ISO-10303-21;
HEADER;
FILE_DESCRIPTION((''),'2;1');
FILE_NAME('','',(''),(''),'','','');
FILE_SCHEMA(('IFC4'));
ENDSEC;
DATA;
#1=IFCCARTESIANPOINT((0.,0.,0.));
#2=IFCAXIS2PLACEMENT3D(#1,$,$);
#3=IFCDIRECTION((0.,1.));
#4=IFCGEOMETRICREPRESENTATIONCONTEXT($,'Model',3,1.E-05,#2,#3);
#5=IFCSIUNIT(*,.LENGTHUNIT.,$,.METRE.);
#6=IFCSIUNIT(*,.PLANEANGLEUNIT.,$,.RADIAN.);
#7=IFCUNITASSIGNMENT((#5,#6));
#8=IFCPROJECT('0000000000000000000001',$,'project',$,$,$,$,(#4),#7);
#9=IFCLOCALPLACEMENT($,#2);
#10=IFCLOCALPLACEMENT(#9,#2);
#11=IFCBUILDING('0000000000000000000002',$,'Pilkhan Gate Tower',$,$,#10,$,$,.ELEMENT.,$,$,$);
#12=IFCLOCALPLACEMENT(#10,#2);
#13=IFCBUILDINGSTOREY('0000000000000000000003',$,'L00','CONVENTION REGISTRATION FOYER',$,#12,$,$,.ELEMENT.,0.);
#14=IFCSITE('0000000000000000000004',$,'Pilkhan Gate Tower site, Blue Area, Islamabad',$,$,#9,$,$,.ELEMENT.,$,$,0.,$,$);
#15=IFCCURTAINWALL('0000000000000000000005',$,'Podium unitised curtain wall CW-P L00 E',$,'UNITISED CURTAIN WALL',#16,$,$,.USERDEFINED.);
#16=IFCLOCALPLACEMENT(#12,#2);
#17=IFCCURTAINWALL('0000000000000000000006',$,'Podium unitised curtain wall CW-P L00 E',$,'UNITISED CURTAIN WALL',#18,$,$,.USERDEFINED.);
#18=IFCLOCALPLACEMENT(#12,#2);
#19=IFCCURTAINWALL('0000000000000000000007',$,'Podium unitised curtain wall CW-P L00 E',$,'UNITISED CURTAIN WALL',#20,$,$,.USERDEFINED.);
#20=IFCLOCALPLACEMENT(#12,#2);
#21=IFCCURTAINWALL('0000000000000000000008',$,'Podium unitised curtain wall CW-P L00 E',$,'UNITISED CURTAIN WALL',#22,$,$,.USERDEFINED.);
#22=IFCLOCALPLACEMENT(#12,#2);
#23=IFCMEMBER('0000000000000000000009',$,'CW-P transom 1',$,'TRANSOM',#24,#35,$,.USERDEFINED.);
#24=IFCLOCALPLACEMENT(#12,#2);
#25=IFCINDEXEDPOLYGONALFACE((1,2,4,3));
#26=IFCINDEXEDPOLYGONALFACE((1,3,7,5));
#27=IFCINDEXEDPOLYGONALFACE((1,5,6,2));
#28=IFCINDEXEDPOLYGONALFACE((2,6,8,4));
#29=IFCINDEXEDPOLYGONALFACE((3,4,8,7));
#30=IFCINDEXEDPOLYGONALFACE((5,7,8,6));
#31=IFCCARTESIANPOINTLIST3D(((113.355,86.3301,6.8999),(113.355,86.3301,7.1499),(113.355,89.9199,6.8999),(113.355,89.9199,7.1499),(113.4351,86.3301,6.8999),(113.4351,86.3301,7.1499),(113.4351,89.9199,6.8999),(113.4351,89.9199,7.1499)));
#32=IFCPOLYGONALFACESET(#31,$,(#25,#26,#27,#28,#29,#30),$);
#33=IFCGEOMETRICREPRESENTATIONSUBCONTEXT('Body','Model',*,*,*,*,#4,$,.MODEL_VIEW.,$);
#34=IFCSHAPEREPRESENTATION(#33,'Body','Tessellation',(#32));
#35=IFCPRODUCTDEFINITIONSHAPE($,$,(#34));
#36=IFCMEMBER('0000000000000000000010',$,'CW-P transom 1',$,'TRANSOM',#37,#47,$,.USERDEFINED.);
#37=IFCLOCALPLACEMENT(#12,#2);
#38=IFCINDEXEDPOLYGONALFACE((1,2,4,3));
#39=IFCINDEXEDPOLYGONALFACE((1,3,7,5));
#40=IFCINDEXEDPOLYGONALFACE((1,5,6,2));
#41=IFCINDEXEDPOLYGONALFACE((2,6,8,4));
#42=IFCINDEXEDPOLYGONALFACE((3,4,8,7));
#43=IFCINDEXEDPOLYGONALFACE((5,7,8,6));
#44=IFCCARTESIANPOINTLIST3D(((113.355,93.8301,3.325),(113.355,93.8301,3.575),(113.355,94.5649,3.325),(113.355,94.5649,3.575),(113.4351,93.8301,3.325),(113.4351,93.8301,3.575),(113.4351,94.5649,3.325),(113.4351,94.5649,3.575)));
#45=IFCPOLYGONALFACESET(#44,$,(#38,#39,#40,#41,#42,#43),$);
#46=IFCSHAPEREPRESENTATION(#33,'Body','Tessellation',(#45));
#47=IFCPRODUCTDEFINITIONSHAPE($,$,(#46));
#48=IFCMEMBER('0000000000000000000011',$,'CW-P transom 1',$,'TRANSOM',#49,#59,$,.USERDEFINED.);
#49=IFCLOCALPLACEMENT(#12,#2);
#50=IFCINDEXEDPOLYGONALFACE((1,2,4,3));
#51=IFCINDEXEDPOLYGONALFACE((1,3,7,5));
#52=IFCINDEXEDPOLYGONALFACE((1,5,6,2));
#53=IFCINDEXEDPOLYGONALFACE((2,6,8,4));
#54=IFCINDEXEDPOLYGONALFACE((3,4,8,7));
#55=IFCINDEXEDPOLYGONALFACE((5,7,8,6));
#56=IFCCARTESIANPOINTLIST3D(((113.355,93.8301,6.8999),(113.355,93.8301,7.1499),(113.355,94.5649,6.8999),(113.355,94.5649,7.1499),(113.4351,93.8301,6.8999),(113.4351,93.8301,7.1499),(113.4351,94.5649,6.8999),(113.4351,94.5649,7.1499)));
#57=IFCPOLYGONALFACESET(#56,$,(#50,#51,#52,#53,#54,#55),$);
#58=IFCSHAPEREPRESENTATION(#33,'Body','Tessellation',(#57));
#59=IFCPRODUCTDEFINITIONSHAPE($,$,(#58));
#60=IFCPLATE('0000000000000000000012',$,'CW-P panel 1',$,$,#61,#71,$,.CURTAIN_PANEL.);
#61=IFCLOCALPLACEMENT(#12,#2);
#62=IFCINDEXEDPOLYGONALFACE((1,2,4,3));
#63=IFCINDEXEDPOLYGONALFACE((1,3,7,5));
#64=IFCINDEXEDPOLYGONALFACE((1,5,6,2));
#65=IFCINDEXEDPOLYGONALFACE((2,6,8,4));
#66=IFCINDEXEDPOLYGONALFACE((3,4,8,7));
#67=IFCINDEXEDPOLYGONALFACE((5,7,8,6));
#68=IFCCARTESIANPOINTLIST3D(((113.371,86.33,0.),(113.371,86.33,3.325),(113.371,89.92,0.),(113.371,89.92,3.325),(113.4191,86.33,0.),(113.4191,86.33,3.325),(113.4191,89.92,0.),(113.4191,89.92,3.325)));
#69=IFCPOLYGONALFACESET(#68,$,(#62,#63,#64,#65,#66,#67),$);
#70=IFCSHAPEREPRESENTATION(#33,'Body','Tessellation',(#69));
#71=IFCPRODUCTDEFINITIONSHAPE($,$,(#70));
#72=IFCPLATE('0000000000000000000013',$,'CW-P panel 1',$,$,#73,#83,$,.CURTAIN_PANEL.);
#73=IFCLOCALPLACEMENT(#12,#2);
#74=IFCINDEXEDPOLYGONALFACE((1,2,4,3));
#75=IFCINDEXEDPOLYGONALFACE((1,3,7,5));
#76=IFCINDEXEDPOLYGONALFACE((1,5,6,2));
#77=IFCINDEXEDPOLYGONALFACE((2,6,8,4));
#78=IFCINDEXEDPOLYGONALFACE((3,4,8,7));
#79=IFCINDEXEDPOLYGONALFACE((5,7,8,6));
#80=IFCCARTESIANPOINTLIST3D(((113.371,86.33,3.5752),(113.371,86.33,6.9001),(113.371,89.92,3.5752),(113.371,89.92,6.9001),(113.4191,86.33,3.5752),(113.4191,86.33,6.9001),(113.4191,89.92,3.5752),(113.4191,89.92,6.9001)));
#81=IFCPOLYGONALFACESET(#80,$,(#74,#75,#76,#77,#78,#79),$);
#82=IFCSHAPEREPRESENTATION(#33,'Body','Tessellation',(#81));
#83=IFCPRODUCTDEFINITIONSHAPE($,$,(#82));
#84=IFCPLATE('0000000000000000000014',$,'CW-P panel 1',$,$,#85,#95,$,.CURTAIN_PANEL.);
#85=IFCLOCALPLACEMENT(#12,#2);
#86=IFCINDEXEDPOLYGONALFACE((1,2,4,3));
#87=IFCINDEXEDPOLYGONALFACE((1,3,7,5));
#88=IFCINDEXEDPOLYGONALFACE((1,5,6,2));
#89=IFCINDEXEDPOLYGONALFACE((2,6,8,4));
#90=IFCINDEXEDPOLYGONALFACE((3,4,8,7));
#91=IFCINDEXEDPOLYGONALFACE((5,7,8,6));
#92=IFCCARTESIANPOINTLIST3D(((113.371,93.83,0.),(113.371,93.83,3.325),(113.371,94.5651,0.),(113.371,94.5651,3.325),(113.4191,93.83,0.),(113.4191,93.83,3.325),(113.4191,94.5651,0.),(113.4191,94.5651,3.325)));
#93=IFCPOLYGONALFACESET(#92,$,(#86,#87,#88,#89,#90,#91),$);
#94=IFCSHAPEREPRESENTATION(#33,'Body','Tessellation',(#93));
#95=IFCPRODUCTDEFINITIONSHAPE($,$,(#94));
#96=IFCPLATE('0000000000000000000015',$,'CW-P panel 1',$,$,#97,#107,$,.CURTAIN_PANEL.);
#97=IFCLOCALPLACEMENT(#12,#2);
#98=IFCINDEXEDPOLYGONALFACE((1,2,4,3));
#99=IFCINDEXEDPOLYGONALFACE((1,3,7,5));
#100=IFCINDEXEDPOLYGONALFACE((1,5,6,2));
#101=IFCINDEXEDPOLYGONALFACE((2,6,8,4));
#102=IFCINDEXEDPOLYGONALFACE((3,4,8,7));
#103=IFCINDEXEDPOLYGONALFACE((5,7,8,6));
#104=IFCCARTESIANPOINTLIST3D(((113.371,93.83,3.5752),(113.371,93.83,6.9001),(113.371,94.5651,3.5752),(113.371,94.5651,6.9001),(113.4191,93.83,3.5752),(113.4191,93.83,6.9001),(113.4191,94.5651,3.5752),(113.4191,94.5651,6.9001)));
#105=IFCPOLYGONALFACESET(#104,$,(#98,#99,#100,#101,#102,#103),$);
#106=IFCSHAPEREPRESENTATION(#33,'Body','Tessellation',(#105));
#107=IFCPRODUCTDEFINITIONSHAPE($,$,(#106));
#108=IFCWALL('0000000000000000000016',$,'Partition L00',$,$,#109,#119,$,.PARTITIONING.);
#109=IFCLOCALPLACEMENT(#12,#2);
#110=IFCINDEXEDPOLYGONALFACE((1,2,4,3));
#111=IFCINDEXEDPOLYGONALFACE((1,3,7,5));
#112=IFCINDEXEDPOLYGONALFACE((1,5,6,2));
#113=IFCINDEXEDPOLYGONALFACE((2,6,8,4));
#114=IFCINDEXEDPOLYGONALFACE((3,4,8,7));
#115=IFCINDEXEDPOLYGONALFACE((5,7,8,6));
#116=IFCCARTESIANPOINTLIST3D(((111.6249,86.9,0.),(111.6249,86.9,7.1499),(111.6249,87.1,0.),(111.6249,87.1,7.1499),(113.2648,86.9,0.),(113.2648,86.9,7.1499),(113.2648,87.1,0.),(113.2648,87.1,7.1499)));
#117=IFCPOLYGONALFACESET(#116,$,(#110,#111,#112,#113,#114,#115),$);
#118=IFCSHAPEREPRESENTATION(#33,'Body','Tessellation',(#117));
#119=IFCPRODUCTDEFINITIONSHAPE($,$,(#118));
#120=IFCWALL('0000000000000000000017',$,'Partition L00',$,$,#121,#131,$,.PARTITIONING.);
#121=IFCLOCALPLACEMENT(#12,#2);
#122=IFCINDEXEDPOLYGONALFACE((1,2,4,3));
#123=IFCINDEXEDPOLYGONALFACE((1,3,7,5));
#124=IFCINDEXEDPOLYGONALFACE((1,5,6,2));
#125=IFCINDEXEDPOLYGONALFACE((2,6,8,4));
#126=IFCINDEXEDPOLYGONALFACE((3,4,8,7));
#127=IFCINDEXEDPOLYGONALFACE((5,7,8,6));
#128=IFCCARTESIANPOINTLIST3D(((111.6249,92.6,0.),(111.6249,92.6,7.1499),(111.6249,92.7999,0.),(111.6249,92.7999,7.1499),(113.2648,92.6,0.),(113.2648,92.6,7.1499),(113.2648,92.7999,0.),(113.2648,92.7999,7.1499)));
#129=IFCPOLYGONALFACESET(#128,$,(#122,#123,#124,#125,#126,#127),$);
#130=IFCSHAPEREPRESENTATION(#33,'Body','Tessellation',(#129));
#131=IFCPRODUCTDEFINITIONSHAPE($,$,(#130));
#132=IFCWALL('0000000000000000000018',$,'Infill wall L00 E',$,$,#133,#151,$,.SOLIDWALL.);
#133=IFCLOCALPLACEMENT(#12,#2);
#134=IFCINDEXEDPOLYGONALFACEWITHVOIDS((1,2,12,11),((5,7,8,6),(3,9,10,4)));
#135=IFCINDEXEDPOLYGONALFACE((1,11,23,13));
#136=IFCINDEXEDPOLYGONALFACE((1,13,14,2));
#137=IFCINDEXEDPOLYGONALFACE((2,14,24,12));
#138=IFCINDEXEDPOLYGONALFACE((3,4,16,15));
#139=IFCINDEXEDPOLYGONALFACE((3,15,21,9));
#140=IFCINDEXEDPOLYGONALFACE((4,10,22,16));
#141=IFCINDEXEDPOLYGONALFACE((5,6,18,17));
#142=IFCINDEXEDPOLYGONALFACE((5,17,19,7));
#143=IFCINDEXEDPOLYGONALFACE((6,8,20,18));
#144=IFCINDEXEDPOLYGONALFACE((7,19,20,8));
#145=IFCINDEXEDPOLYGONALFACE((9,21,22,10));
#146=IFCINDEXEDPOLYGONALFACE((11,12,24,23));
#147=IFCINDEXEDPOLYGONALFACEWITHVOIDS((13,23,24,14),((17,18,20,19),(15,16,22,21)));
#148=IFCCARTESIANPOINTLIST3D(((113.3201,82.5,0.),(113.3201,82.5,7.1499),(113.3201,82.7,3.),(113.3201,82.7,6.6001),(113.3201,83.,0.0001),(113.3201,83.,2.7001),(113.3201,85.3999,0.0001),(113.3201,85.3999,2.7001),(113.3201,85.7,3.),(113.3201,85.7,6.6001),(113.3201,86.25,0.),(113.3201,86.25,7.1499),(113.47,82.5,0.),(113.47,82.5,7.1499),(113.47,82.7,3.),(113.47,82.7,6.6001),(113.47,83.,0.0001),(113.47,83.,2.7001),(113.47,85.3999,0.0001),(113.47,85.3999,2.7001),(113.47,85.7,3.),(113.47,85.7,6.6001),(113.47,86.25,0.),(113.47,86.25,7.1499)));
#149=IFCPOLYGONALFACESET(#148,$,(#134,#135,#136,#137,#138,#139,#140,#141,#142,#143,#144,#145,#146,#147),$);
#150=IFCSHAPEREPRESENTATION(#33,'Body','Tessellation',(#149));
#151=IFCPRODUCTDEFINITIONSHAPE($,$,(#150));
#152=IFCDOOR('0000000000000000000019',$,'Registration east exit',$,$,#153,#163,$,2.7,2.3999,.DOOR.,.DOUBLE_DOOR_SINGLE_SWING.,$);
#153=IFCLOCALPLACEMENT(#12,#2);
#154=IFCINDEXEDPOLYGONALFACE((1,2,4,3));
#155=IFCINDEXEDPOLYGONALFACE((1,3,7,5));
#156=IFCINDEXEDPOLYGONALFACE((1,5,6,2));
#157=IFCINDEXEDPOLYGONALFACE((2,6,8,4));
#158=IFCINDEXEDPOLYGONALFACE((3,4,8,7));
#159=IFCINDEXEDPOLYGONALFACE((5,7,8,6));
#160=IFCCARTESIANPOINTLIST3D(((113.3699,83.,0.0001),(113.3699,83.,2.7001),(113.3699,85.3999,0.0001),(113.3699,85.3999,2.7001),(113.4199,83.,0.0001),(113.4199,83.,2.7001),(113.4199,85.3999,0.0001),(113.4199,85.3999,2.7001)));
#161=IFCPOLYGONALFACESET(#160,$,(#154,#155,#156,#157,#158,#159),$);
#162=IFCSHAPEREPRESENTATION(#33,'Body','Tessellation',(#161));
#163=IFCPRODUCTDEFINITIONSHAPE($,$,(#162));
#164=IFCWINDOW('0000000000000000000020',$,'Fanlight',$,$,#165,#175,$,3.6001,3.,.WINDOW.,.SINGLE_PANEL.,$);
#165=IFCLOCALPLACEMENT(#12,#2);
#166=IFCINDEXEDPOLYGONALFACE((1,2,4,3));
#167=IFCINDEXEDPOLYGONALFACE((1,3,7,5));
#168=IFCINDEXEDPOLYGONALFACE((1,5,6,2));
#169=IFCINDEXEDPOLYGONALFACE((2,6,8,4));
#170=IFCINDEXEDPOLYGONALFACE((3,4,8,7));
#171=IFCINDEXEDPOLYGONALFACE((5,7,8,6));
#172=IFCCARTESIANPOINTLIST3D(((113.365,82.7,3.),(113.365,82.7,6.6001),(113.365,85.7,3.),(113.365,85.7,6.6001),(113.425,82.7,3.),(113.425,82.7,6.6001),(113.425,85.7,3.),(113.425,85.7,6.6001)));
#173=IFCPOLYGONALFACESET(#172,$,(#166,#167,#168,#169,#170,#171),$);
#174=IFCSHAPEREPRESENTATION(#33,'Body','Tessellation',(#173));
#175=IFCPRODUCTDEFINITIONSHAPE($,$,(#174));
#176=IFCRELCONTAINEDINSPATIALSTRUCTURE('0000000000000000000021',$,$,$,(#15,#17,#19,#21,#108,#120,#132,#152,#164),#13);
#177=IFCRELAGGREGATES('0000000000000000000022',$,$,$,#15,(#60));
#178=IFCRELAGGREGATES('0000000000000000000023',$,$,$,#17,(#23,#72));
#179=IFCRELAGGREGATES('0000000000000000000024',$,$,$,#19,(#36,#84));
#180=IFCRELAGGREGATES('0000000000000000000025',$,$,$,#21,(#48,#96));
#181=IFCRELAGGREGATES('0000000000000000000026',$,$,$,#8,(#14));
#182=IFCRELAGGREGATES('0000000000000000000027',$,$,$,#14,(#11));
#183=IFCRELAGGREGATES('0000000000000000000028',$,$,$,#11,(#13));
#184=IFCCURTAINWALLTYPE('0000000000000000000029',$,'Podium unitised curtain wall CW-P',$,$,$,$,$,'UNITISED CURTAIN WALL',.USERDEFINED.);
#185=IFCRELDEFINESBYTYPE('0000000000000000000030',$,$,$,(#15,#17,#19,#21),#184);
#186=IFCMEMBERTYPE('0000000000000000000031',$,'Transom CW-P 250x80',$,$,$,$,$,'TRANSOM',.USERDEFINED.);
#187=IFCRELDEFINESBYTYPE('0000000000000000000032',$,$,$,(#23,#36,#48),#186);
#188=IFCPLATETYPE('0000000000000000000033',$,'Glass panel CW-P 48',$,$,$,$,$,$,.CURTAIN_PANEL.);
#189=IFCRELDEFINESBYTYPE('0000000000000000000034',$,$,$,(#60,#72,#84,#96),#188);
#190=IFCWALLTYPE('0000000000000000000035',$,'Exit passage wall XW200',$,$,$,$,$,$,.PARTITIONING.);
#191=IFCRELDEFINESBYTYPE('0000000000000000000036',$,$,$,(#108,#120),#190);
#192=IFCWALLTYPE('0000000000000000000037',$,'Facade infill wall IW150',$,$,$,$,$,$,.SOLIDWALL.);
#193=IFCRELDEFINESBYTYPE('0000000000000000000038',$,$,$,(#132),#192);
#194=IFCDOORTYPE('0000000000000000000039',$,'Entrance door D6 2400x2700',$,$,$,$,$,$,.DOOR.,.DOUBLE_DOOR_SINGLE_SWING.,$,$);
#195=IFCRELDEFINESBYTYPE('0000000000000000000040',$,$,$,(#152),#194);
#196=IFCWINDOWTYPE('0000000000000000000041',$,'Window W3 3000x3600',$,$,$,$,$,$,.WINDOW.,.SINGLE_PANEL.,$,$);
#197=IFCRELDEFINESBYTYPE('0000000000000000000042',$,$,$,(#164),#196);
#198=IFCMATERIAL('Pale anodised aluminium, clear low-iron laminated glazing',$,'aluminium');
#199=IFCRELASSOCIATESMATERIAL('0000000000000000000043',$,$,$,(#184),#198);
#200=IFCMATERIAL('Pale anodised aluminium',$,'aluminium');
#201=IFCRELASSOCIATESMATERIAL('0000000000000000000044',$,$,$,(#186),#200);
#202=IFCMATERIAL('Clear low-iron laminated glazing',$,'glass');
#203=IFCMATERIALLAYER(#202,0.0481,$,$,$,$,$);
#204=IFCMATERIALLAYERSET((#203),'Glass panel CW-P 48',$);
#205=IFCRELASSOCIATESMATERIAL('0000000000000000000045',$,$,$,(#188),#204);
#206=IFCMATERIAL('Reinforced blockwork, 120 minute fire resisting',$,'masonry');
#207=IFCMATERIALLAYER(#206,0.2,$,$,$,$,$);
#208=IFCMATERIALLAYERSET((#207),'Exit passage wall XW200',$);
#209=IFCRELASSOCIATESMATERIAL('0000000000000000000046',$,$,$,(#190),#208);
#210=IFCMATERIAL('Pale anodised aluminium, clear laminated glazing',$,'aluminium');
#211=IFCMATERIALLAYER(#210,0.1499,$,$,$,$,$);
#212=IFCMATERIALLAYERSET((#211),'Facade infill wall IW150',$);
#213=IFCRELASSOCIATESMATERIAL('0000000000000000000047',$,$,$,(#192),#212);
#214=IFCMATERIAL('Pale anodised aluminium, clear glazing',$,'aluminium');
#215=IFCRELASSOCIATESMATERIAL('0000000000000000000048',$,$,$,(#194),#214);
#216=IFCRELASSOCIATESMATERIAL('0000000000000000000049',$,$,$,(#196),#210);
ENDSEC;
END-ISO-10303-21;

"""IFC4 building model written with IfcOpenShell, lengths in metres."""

from ifc_helpers import new_model, si_unit, direction, frame, frame_2d, origin, origin_2d, place, context, subcontext, project, spatial, rectangle, extrude, material, layer, layer_set, material_profile, profile_set, type_object, element, fill, aggregate, save


model = new_model("IFC4")

# Units and contexts
model_context = context("Model", 3, precision=1e-05, world=origin(), true_north=direction((0.0, 1.0)))
body_context = subcontext(model_context, "Body", "Model", "MODEL_VIEW")
ifc_project = project(units=[si_unit("LENGTHUNIT", "METRE"), si_unit("PLANEANGLEUNIT", "RADIAN")], contexts=[model_context])

# Site, building, storey
site_placement = place(None, origin())
site = spatial("IfcSite", under=ifc_project, at=site_placement, Name="Pilkhan Gate Tower site, Blue Area, Islamabad", CompositionType="ELEMENT", RefElevation=0.0)
building_placement = place(site_placement, origin())
building = spatial("IfcBuilding", under=site, at=building_placement, Name="Pilkhan Gate Tower", CompositionType="ELEMENT")
storey_placement = place(building_placement, origin())
storey = spatial("IfcBuildingStorey", under=building, at=storey_placement, Name="L00", Description="CONVENTION REGISTRATION FOYER", CompositionType="ELEMENT", Elevation=0.0)

# Curtain walls
ifc_material_1 = material(Name="Pale anodised aluminium, clear low-iron laminated glazing", Category="aluminium")
curtain_wall_type = type_object("IfcCurtainWallType", Name="Podium unitised curtain wall CW-P", ElementType="UNITISED CURTAIN WALL", PredefinedType="USERDEFINED", material=ifc_material_1)
curtain_wall_1_placement = place(storey_placement, origin())
curtain_wall_1 = element("IfcCurtainWall", 1, at=curtain_wall_1_placement, inside=storey, type_object=curtain_wall_type, Name="Podium unitised curtain wall CW-P L00 E", ObjectType="UNITISED CURTAIN WALL", PredefinedType="USERDEFINED")
ifc_material_2 = material(Name="Pale anodised aluminium", Category="aluminium")
curtain_wall_2_placement = place(storey_placement, origin())
curtain_wall_2 = element("IfcCurtainWall", 2, at=curtain_wall_2_placement, inside=storey, type_object=curtain_wall_type, Name="Podium unitised curtain wall CW-P L00 E", ObjectType="UNITISED CURTAIN WALL", PredefinedType="USERDEFINED")
curtain_wall_3_placement = place(storey_placement, origin())
curtain_wall_3 = element("IfcCurtainWall", 3, at=curtain_wall_3_placement, inside=storey, type_object=curtain_wall_type, Name="Podium unitised curtain wall CW-P L00 E", ObjectType="UNITISED CURTAIN WALL", PredefinedType="USERDEFINED")
curtain_wall_4_placement = place(storey_placement, origin())
curtain_wall_4 = element("IfcCurtainWall", 4, at=curtain_wall_4_placement, inside=storey, type_object=curtain_wall_type, Name="Podium unitised curtain wall CW-P L00 E", ObjectType="UNITISED CURTAIN WALL", PredefinedType="USERDEFINED")

# Members
ifc_material_profile_1 = material_profile(ifc_material_2, rectangle(XDim=0.0801, YDim=0.25, at=origin_2d()), Name="Transom 250x80")
ifc_profile_set_1 = profile_set([ifc_material_profile_1], Name="Pale anodised aluminium")
member_type_1 = type_object("IfcMemberType", Name="Transom CW-P 250x80", ElementType="TRANSOM", PredefinedType="USERDEFINED", material=ifc_profile_set_1)
member_1_placement = place(storey_placement, frame((113.395, 86.3301, 7.0249), z_axis=(0.0, 1.0, 0.0), x_axis=(-1.0, 0.0, 0.0)))
member_1 = element("IfcMember", 5, at=member_1_placement, type_object=member_type_1, Name="CW-P transom 1", ObjectType="TRANSOM", PredefinedType="USERDEFINED", context=body_context, shape_type="SweptSolid", body=[
    extrude(rectangle(XDim=0.0801, YDim=0.25, at=origin_2d()), origin(), (0.0, 0.0, 1.0), 3.5898),
])
member_2_placement = place(storey_placement, frame((113.395, 93.8301, 3.45), z_axis=(0.0, 1.0, 0.0), x_axis=(-1.0, 0.0, 0.0)))
member_2 = element("IfcMember", 6, at=member_2_placement, type_object=member_type_1, Name="CW-P transom 1", ObjectType="TRANSOM", PredefinedType="USERDEFINED", context=body_context, shape_type="SweptSolid", body=[
    extrude(rectangle(XDim=0.0801, YDim=0.25, at=origin_2d()), origin(), (0.0, 0.0, 1.0), 0.7349),
])
member_3_placement = place(storey_placement, frame((113.395, 93.8301, 7.0249), z_axis=(0.0, 1.0, 0.0), x_axis=(-1.0, 0.0, 0.0)))
member_3 = element("IfcMember", 7, at=member_3_placement, type_object=member_type_1, Name="CW-P transom 1", ObjectType="TRANSOM", PredefinedType="USERDEFINED", context=body_context, shape_type="SweptSolid", body=[
    extrude(rectangle(XDim=0.0801, YDim=0.25, at=origin_2d()), origin(), (0.0, 0.0, 1.0), 0.7349),
])

# Plates
ifc_material_3 = material(Name="Clear low-iron laminated glazing", Category="glass")
ifc_layer_1 = layer(ifc_material_3, 0.0481)
ifc_layer_set_1 = layer_set([ifc_layer_1], Name="Glass panel CW-P 48")
plate_type = type_object("IfcPlateType", Name="Glass panel CW-P 48", PredefinedType="CURTAIN_PANEL", material=ifc_layer_set_1)
plate_1_placement = place(storey_placement, frame((113.395, 88.125, 0.0), z_axis=(0.0, 0.0, 1.0), x_axis=(0.0, 1.0, 0.0)))
plate_1 = element("IfcPlate", 8, at=plate_1_placement, type_object=plate_type, Name="CW-P panel 1", PredefinedType="CURTAIN_PANEL", context=body_context, shape_type="SweptSolid", body=[
    extrude(rectangle(XDim=3.5901, YDim=0.0481, at=origin_2d()), origin(), (0.0, 0.0, 1.0), 3.325),
])
aggregate(curtain_wall_1, [plate_1])
plate_2_placement = place(storey_placement, frame((113.395, 88.125, 3.5752), z_axis=(0.0, 0.0, 1.0), x_axis=(0.0, 1.0, 0.0)))
plate_2 = element("IfcPlate", 9, at=plate_2_placement, type_object=plate_type, Name="CW-P panel 1", PredefinedType="CURTAIN_PANEL", context=body_context, shape_type="SweptSolid", body=[
    extrude(rectangle(XDim=3.5901, YDim=0.0481, at=origin_2d()), origin(), (0.0, 0.0, 1.0), 3.325),
])
aggregate(curtain_wall_2, [member_1, plate_2])
plate_3_placement = place(storey_placement, frame((113.395, 94.1975, 0.0), z_axis=(0.0, 0.0, 1.0), x_axis=(0.0, 1.0, 0.0)))
plate_3 = element("IfcPlate", 10, at=plate_3_placement, type_object=plate_type, Name="CW-P panel 1", PredefinedType="CURTAIN_PANEL", context=body_context, shape_type="SweptSolid", body=[
    extrude(rectangle(XDim=0.7351, YDim=0.0481, at=origin_2d()), origin(), (0.0, 0.0, 1.0), 3.325),
])
aggregate(curtain_wall_3, [member_2, plate_3])
plate_4_placement = place(storey_placement, frame((113.395, 94.1975, 3.5752), z_axis=(0.0, 0.0, 1.0), x_axis=(0.0, 1.0, 0.0)))
plate_4 = element("IfcPlate", 11, at=plate_4_placement, type_object=plate_type, Name="CW-P panel 1", PredefinedType="CURTAIN_PANEL", context=body_context, shape_type="SweptSolid", body=[
    extrude(rectangle(XDim=0.7351, YDim=0.0481, at=origin_2d()), origin(), (0.0, 0.0, 1.0), 3.325),
])
aggregate(curtain_wall_4, [member_3, plate_4])

# Walls
ifc_material_4 = material(Name="Reinforced blockwork, 120 minute fire resisting", Category="masonry")
ifc_layer_2 = layer(ifc_material_4, 0.2)
ifc_layer_set_2 = layer_set([ifc_layer_2], Name="Exit passage wall XW200")
wall_type_1 = type_object("IfcWallType", Name="Exit passage wall XW200", PredefinedType="PARTITIONING", material=ifc_layer_set_2)
for number, where, z_axis, x_axis, name in (
    (12, (111.625, 87.0, 0.0), (0.0, 0.0, 1.0), (1.0, 0.0, 0.0), "Partition L00"),
    (13, (111.625, 92.7, 0.0), (0.0, 0.0, 1.0), (1.0, 0.0, 0.0), "Partition L00"),
):
    element("IfcWall", number, at=place(storey_placement, frame(where, z_axis=z_axis, x_axis=x_axis)), inside=storey, type_object=wall_type_1, Name=name, PredefinedType="PARTITIONING", context=body_context, shape_type="SweptSolid", body=[
        extrude(rectangle(XDim=1.6399, YDim=0.2, at=frame_2d((0.8198, 0.0))), origin(), (0.0, 0.0, 1.0), 7.1499),
    ])

# Wall, openings, door, window
ifc_material_5 = material(Name="Pale anodised aluminium, clear laminated glazing", Category="aluminium")
ifc_layer_3 = layer(ifc_material_5, 0.1499)
ifc_layer_set_3 = layer_set([ifc_layer_3], Name="Facade infill wall IW150")
wall_type_2 = type_object("IfcWallType", Name="Facade infill wall IW150", PredefinedType="SOLIDWALL", material=ifc_layer_set_3)
wall_1_placement = place(storey_placement, frame((113.395, 86.25, 0.0), z_axis=(0.0, 0.0, 1.0), x_axis=(0.0, -1.0, 0.0)))
wall_1 = element("IfcWall", 14, at=wall_1_placement, inside=storey, type_object=wall_type_2, Name="Infill wall L00 E", PredefinedType="SOLIDWALL", context=body_context, shape_type="SweptSolid", body=[
    extrude(rectangle(XDim=3.75, YDim=0.1499, at=frame_2d((1.875, 0.0))), origin(), (0.0, 0.0, 1.0), 7.1499),
])
opening_1_placement = place(wall_1_placement, frame((0.8501, 0.0, 0.0)))
opening_1 = element("IfcOpeningElement", 15, at=opening_1_placement, cuts=wall_1, PredefinedType="OPENING", context=body_context, shape_type="SweptSolid", body=[
    extrude(rectangle(XDim=2.3999, YDim=2.7, at=frame_2d((1.2, 1.3501))), frame((0.0, 0.085, 0.0), z_axis=(0.0, -1.0, 0.0), x_axis=(1.0, 0.0, 0.0)), (0.0, 0.0, 1.0), 0.1699),
])
opening_2_placement = place(wall_1_placement, frame((0.55, 0.0, 3.0)))
opening_2 = element("IfcOpeningElement", 16, at=opening_2_placement, cuts=wall_1, PredefinedType="OPENING", context=body_context, shape_type="SweptSolid", body=[
    extrude(rectangle(XDim=3.0, YDim=3.6001, at=frame_2d((1.5, 1.8))), frame((0.0, 0.085, 0.0), z_axis=(0.0, -1.0, 0.0), x_axis=(1.0, 0.0, 0.0)), (0.0, 0.0, 1.0), 0.1699),
])
ifc_material_6 = material(Name="Pale anodised aluminium, clear glazing", Category="aluminium")
door_type_1 = type_object("IfcDoorType", Name="Entrance door D6 2400x2700", OperationType="DOUBLE_DOOR_SINGLE_SWING", PredefinedType="DOOR", material=ifc_material_6)
door_1_placement = place(opening_1_placement, origin())
door_1 = element("IfcDoor", 17, at=door_1_placement, inside=storey, type_object=door_type_1, Name="Registration east exit", OperationType="DOUBLE_DOOR_SINGLE_SWING", OverallHeight=2.7, OverallWidth=2.3999, PredefinedType="DOOR", context=body_context, shape_type="SweptSolid", body=[
    extrude(rectangle(XDim=2.3999, YDim=2.7, at=frame_2d((1.2, 1.3501))), frame((0.0, 0.0249, 0.0), z_axis=(0.0, -1.0, 0.0), x_axis=(1.0, 0.0, 0.0)), (0.0, 0.0, 1.0), 0.05),
])
fill(opening_1, door_1)
window_type = type_object("IfcWindowType", Name="Window W3 3000x3600", PartitioningType="SINGLE_PANEL", PredefinedType="WINDOW", material=ifc_material_5)
window_placement = place(opening_2_placement, origin())
window = element("IfcWindow", 18, at=window_placement, inside=storey, type_object=window_type, Name="Fanlight", OverallHeight=3.6001, OverallWidth=3.0, PartitioningType="SINGLE_PANEL", PredefinedType="WINDOW", context=body_context, shape_type="SweptSolid", body=[
    extrude(rectangle(XDim=3.0, YDim=3.6001, at=frame_2d((1.5, 1.8))), frame((0.0, 0.03, 0.0), z_axis=(0.0, -1.0, 0.0), x_axis=(1.0, 0.0, 0.0)), (0.0, 0.0, 1.0), 0.0601),
])
fill(opening_2, window)

save(model, "model.ifc")
